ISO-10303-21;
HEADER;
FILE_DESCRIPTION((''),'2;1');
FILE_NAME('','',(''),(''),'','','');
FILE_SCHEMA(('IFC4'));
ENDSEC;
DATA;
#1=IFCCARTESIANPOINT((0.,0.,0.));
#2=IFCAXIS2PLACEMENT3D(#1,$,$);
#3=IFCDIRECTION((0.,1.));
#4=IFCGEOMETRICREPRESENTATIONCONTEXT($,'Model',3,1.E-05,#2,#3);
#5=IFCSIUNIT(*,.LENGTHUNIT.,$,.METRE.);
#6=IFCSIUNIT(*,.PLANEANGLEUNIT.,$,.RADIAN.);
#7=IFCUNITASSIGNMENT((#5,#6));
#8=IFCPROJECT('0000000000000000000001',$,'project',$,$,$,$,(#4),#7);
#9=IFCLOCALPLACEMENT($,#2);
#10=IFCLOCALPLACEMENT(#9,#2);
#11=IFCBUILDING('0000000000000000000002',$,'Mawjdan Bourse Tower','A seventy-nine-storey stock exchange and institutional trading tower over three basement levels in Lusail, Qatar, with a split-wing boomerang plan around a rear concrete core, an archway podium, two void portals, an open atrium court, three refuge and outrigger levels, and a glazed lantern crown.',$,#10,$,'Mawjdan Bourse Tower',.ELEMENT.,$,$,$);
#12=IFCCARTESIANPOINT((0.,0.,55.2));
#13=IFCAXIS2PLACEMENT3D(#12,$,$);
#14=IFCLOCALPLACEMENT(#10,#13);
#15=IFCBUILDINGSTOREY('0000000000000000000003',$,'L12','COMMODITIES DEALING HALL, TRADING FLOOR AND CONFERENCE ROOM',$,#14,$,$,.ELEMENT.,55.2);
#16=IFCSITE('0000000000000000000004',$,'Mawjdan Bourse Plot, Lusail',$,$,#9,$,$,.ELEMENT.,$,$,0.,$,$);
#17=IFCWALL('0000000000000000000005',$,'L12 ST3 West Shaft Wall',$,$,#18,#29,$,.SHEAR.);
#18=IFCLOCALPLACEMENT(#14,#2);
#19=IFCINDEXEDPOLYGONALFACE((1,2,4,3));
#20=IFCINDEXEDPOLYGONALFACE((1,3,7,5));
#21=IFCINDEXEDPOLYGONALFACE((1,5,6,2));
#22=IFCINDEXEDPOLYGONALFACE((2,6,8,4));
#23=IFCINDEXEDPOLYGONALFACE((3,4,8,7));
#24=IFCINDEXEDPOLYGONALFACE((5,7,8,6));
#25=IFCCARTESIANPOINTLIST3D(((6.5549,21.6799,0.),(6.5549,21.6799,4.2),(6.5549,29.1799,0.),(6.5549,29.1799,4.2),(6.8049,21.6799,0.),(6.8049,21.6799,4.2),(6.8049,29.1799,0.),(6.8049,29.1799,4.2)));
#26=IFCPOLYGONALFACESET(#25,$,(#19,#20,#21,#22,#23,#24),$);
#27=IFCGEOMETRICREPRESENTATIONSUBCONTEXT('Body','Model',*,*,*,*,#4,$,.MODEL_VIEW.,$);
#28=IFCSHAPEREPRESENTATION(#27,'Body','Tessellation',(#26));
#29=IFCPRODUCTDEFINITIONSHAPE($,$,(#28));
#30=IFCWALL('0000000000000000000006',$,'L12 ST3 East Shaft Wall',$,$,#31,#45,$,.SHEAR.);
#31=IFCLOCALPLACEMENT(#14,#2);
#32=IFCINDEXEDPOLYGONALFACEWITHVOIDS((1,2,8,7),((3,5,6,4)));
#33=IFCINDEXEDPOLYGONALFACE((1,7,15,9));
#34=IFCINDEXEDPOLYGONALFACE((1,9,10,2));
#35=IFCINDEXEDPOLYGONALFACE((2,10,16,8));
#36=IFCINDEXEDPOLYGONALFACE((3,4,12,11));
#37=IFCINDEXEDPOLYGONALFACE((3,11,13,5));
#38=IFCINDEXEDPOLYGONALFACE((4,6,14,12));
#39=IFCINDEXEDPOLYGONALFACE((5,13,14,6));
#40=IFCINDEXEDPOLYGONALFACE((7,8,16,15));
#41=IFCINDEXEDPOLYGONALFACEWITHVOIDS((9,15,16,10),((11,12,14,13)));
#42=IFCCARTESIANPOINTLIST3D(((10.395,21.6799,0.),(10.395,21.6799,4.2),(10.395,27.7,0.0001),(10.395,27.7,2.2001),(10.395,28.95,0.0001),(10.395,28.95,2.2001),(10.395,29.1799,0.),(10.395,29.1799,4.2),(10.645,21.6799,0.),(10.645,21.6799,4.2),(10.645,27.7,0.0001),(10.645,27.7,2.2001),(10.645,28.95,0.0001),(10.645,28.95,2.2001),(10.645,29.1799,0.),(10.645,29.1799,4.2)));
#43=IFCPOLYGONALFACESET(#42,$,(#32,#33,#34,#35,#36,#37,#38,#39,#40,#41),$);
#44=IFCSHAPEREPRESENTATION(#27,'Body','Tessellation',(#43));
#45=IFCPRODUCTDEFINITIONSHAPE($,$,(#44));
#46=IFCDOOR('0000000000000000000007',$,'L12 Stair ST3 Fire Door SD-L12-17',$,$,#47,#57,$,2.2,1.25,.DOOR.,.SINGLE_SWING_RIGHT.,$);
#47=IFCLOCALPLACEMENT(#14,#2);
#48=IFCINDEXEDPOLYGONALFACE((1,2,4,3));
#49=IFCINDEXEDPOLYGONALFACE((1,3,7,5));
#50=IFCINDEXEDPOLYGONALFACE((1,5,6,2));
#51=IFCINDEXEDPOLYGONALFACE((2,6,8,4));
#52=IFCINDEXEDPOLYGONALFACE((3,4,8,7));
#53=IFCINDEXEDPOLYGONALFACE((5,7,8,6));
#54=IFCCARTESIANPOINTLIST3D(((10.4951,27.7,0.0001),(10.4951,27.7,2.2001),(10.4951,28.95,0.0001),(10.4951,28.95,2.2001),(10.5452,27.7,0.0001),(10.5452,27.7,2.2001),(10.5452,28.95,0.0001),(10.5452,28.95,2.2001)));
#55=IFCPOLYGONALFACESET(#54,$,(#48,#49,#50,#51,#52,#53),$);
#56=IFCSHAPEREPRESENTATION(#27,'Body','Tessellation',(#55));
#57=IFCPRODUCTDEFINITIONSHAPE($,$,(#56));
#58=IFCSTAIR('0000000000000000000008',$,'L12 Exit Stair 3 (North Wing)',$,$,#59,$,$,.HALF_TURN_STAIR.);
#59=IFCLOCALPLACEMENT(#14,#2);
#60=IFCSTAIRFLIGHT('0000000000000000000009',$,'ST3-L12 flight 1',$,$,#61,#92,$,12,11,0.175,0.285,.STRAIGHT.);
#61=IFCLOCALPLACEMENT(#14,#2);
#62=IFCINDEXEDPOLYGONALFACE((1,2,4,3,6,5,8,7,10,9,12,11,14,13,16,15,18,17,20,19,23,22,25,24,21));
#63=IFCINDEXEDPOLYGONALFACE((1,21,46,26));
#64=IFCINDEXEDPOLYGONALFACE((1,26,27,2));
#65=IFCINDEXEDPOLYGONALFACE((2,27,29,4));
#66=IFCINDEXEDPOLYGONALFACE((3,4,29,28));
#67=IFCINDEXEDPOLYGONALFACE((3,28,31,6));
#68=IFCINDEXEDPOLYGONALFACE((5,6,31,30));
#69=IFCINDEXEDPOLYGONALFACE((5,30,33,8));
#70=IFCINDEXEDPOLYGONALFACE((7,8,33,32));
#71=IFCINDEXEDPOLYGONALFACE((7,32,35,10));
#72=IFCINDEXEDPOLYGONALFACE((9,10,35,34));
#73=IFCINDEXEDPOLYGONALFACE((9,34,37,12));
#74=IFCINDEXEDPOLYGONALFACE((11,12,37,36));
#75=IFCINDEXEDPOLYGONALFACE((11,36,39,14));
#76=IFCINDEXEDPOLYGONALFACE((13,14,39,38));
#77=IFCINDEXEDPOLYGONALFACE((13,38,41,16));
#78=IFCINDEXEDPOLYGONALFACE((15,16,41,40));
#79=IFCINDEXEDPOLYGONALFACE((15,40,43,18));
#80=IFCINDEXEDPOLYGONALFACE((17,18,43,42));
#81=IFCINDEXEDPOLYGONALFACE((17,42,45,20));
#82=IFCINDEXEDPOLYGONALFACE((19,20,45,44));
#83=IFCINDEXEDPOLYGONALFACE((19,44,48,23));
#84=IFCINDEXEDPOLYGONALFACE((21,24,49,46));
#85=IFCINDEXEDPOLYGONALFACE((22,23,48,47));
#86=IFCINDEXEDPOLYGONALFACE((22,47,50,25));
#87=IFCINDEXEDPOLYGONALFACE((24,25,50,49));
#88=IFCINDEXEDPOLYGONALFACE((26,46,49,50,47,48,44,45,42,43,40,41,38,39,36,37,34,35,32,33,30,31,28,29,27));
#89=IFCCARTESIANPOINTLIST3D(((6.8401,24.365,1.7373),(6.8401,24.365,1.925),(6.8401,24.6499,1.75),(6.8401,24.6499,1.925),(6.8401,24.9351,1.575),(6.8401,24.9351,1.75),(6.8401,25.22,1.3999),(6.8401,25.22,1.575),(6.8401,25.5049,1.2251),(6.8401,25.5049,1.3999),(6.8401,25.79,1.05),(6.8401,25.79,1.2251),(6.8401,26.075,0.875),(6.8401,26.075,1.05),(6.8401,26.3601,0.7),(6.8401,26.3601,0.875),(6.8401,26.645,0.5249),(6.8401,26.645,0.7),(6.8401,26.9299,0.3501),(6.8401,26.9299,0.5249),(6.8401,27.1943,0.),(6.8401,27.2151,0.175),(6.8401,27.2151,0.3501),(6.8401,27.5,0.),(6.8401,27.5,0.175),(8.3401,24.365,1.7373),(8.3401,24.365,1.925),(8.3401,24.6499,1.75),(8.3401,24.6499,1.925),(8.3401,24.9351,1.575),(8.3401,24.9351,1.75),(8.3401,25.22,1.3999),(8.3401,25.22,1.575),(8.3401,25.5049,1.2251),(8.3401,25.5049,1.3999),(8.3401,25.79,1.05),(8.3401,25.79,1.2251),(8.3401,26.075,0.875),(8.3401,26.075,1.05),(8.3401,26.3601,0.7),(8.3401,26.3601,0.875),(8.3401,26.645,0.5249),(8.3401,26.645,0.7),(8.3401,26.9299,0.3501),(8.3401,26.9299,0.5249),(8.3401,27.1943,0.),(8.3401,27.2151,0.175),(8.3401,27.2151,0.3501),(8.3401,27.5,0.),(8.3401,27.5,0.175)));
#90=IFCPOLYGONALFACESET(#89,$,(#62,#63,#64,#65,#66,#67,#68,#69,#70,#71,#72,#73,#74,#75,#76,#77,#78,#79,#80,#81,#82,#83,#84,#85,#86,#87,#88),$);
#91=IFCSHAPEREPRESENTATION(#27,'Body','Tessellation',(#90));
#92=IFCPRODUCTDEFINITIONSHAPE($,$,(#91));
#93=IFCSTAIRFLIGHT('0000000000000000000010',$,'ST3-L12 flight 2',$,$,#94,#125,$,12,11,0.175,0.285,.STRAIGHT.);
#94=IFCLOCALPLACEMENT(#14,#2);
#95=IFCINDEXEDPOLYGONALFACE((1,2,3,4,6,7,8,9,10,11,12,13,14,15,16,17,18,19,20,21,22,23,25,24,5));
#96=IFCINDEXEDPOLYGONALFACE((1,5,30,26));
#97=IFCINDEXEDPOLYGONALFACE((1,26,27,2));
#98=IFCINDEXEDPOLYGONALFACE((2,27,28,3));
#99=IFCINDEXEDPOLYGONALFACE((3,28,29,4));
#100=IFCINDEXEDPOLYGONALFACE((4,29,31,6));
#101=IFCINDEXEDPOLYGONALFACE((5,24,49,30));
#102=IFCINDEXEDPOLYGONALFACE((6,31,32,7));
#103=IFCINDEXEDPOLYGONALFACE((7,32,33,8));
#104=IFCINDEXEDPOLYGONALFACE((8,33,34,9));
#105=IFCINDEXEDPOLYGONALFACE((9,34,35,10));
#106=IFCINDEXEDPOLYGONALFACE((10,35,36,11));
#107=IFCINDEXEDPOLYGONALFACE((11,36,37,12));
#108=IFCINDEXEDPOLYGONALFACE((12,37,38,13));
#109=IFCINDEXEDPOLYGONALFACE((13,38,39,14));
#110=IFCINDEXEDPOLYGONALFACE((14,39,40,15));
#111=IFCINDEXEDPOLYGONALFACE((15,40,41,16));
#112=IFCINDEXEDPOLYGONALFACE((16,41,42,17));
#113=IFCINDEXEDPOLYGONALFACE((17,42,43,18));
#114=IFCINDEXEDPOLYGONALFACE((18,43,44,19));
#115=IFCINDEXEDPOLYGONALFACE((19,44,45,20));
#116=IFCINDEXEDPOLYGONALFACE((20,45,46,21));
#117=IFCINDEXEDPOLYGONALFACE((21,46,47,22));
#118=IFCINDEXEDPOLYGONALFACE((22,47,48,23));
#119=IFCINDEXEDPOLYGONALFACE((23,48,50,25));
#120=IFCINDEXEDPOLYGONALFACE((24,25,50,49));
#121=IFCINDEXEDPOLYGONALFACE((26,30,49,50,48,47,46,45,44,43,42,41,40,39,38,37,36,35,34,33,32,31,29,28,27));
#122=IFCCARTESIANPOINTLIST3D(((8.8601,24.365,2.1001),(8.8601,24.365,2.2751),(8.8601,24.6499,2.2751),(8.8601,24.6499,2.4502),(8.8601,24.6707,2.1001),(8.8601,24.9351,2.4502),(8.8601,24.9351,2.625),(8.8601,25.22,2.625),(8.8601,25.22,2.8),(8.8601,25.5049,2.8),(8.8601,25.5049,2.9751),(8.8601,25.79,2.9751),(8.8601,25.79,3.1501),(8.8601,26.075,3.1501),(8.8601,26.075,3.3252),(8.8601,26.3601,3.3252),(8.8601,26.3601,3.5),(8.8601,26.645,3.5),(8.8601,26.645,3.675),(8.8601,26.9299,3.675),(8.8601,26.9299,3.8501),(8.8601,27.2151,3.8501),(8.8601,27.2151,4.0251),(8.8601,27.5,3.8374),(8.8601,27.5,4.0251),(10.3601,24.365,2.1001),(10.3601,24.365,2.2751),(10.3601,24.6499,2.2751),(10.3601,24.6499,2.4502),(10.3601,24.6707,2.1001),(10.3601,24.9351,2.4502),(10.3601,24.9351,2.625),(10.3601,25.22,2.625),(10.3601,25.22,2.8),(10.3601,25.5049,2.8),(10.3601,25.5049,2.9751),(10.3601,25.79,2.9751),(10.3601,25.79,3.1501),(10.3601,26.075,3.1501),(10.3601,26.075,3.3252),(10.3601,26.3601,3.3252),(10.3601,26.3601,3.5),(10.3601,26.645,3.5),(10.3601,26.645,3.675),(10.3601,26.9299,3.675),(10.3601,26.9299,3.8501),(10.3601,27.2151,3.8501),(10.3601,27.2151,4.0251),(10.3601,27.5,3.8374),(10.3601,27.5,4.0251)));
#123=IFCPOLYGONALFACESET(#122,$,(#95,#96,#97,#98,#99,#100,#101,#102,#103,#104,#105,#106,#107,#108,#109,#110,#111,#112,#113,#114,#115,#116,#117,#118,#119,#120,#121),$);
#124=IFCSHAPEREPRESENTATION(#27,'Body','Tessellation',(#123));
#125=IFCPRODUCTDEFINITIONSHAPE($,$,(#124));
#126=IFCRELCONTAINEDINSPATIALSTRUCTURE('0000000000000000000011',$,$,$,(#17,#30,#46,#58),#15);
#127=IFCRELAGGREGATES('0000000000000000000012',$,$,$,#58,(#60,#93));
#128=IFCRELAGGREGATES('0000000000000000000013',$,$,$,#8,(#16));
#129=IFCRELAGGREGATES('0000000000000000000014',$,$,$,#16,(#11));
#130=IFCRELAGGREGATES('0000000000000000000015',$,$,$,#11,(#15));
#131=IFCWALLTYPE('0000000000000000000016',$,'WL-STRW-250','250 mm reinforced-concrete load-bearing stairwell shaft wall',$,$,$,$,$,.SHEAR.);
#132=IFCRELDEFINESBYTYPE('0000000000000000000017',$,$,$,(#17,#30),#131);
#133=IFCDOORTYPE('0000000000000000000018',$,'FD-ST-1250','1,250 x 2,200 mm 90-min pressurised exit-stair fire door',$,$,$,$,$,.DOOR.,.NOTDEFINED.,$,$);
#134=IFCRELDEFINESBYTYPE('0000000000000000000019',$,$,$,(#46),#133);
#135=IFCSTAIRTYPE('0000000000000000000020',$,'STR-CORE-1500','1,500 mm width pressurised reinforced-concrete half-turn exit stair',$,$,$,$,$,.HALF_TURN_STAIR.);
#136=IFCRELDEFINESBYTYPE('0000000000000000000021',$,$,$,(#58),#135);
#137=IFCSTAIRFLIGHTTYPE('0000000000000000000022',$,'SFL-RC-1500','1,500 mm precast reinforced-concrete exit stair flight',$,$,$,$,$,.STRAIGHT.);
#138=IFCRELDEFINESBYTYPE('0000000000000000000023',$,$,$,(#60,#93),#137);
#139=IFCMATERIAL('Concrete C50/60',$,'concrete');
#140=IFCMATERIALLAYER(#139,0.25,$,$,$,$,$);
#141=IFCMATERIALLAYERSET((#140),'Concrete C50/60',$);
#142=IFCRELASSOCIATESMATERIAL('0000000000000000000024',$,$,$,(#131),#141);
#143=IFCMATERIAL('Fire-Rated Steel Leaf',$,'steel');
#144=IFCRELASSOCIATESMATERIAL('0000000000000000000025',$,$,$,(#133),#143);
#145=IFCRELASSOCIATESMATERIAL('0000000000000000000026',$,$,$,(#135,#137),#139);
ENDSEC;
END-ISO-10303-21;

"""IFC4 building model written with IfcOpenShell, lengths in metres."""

from ifc_helpers import new_model, si_unit, direction, frame, frame_2d, origin, place, context, subcontext, project, spatial, polyline, rectangle, outline, extrude, material, layer, layer_set, type_object, element, fill, aggregate, save


model = new_model("IFC4")

# Units and contexts
model_context = context("Model", 3, precision=1e-05, world=origin(), true_north=direction((0.0, 1.0)))
body_context = subcontext(model_context, "Body", "Model", "MODEL_VIEW")
ifc_project = project(units=[si_unit("LENGTHUNIT", "METRE"), si_unit("PLANEANGLEUNIT", "RADIAN")], contexts=[model_context])

# Site, building, storey
site_placement = place(None, origin())
site = spatial("IfcSite", under=ifc_project, at=site_placement, Name="Mawjdan Bourse Plot, Lusail", CompositionType="ELEMENT", RefElevation=0.0)
building_placement = place(site_placement, origin())
building = spatial("IfcBuilding", under=site, at=building_placement, Name="Mawjdan Bourse Tower", Description="A seventy-nine-storey stock exchange and institutional trading tower over three basement levels in Lusail, Qatar, with a split-wing boomerang plan around a rear concrete core, an archway podium, two void portals, an open atrium court, three refuge and outrigger levels, and a glazed lantern crown.", LongName="Mawjdan Bourse Tower", CompositionType="ELEMENT")
storey_placement = place(building_placement, frame((0.0, 0.0, 55.2)))
storey = spatial("IfcBuildingStorey", under=building, at=storey_placement, Name="L12", Description="COMMODITIES DEALING HALL, TRADING FLOOR AND CONFERENCE ROOM", CompositionType="ELEMENT", Elevation=55.2)

# Wall
ifc_material_1 = material(Name="Concrete C50/60", Category="concrete")
ifc_layer_1 = layer(ifc_material_1, 0.25)
ifc_layer_set_1 = layer_set([ifc_layer_1], Name="Concrete C50/60")
wall_type_1 = type_object("IfcWallType", Name="WL-STRW-250", Description="250 mm reinforced-concrete load-bearing stairwell shaft wall", PredefinedType="SHEAR", material=ifc_layer_set_1)
wall_1_placement = place(storey_placement, frame((6.6799, 21.6799, 0.0), z_axis=(0.0, 0.0, 1.0), x_axis=(0.0, 1.0, 0.0)))
element("IfcWall", 1, at=wall_1_placement, inside=storey, type_object=wall_type_1, Name="L12 ST3 West Shaft Wall", PredefinedType="SHEAR", context=body_context, shape_type="SweptSolid", body=[
    extrude(rectangle(XDim=7.5, YDim=0.25, at=frame_2d((3.75, 0.0))), origin(), (0.0, 0.0, 1.0), 4.2),
])

# Wall, opening, door
wall_2_placement = place(storey_placement, frame((10.52, 21.6799, 0.0), z_axis=(0.0, 0.0, 1.0), x_axis=(0.0, 1.0, 0.0)))
wall_2 = element("IfcWall", 2, at=wall_2_placement, inside=storey, type_object=wall_type_1, Name="L12 ST3 East Shaft Wall", PredefinedType="SHEAR", context=body_context, shape_type="SweptSolid", body=[
    extrude(rectangle(XDim=7.5, YDim=0.25, at=frame_2d((3.75, 0.0))), origin(), (0.0, 0.0, 1.0), 4.2),
])
opening_placement = place(wall_2_placement, frame((6.02, 0.0, 0.0)))
opening = element("IfcOpeningElement", 3, at=opening_placement, cuts=wall_2, PredefinedType="OPENING", context=body_context, shape_type="SweptSolid", body=[
    extrude(rectangle(XDim=1.25, YDim=2.2, at=frame_2d((0.625, 1.1001))), frame((0.0, 0.135, 0.0), z_axis=(0.0, -1.0, 0.0), x_axis=(1.0, 0.0, 0.0)), (0.0, 0.0, 1.0), 0.27),
])
ifc_material_2 = material(Name="Fire-Rated Steel Leaf", Category="steel")
door_type = type_object("IfcDoorType", Name="FD-ST-1250", Description="1,250 x 2,200 mm 90-min pressurised exit-stair fire door", OperationType="NOTDEFINED", PredefinedType="DOOR", material=ifc_material_2)
door_placement = place(opening_placement, origin())
door = element("IfcDoor", 4, at=door_placement, inside=storey, type_object=door_type, Name="L12 Stair ST3 Fire Door SD-L12-17", OperationType="SINGLE_SWING_RIGHT", OverallHeight=2.2, OverallWidth=1.25, PredefinedType="DOOR", context=body_context, shape_type="SweptSolid", body=[
    extrude(rectangle(XDim=1.25, YDim=2.2, at=frame_2d((0.625, 1.1001))), frame((0.0, 0.0249, 0.0), z_axis=(0.0, -1.0, 0.0), x_axis=(1.0, 0.0, 0.0)), (0.0, 0.0, 1.0), 0.05),
])
fill(opening, door)

# Stair, stair flights
stair_type = type_object("IfcStairType", Name="STR-CORE-1500", Description="1,500 mm width pressurised reinforced-concrete half-turn exit stair", PredefinedType="HALF_TURN_STAIR", material=ifc_material_1)
stair_placement = place(storey_placement, origin())
stair = element("IfcStair", 5, at=stair_placement, inside=storey, type_object=stair_type, Name="L12 Exit Stair 3 (North Wing)", PredefinedType="HALF_TURN_STAIR")
stair_flight_type = type_object("IfcStairFlightType", Name="SFL-RC-1500", Description="1,500 mm precast reinforced-concrete exit stair flight", PredefinedType="STRAIGHT", material=ifc_material_1)
stair_flight_1_placement = place(storey_placement, frame((7.5901, 27.5, 0.0), z_axis=(0.0, 0.0, 1.0), x_axis=(0.0, -1.0, 0.0)))
stair_flight_1 = element("IfcStairFlight", 6, at=stair_flight_1_placement, type_object=stair_flight_type, Name="ST3-L12 flight 1", NumberOfRisers=12, NumberOfTreads=11, PredefinedType="STRAIGHT", RiserHeight=0.175, TreadLength=0.285, context=body_context, shape_type="SweptSolid", body=[
    extrude(outline(polyline([(0.0, 0.0), (0.0, 0.175), (0.2849, 0.175), (0.2849, 0.3501), (0.5701, 0.3501), (0.5701, 0.5249), (0.855, 0.5249), (0.855, 0.7), (1.1399, 0.7), (1.1399, 0.875), (1.425, 0.875), (1.425, 1.05), (1.71, 1.05), (1.71, 1.2251), (1.9951, 1.2251), (1.9951, 1.3999), (2.28, 1.3999), (2.28, 1.575), (2.5649, 1.575), (2.5649, 1.75), (2.8501, 1.75), (2.8501, 1.925), (3.135, 1.925), (3.135, 2.1001), (3.135, 1.7373), (0.3057, 0.0), (0.0, 0.0)])), frame((0.0, 0.75, 0.0), z_axis=(0.0, -1.0, 0.0), x_axis=(1.0, 0.0, 0.0)), (0.0, 0.0, 1.0), 1.5),
])
stair_flight_2_placement = place(storey_placement, frame((9.6101, 24.365, 2.1001), z_axis=(0.0, 0.0, 1.0), x_axis=(0.0, 1.0, 0.0)))
stair_flight_2 = element("IfcStairFlight", 7, at=stair_flight_2_placement, type_object=stair_flight_type, Name="ST3-L12 flight 2", NumberOfRisers=12, NumberOfTreads=11, PredefinedType="STRAIGHT", RiserHeight=0.175, TreadLength=0.285, context=body_context, shape_type="SweptSolid", body=[
    extrude(outline(polyline([(0.0, 0.0), (0.0, 0.175), (0.2849, 0.175), (0.2849, 0.3501), (0.5701, 0.3501), (0.5701, 0.5249), (0.855, 0.5249), (0.855, 0.7), (1.1399, 0.7), (1.1399, 0.875), (1.425, 0.875), (1.425, 1.05), (1.71, 1.05), (1.71, 1.2251), (1.9951, 1.2251), (1.9951, 1.3999), (2.28, 1.3999), (2.28, 1.575), (2.5649, 1.575), (2.5649, 1.75), (2.8501, 1.75), (2.8501, 1.925), (3.135, 1.925), (3.135, 2.1001), (3.135, 1.7373), (0.3057, 0.0), (0.0, 0.0)])), frame((0.0, 0.75, 0.0), z_axis=(0.0, -1.0, 0.0), x_axis=(1.0, 0.0, 0.0)), (0.0, 0.0, 1.0), 1.5),
])
aggregate(stair, [stair_flight_1, stair_flight_2])

save(model, "model.ifc")
